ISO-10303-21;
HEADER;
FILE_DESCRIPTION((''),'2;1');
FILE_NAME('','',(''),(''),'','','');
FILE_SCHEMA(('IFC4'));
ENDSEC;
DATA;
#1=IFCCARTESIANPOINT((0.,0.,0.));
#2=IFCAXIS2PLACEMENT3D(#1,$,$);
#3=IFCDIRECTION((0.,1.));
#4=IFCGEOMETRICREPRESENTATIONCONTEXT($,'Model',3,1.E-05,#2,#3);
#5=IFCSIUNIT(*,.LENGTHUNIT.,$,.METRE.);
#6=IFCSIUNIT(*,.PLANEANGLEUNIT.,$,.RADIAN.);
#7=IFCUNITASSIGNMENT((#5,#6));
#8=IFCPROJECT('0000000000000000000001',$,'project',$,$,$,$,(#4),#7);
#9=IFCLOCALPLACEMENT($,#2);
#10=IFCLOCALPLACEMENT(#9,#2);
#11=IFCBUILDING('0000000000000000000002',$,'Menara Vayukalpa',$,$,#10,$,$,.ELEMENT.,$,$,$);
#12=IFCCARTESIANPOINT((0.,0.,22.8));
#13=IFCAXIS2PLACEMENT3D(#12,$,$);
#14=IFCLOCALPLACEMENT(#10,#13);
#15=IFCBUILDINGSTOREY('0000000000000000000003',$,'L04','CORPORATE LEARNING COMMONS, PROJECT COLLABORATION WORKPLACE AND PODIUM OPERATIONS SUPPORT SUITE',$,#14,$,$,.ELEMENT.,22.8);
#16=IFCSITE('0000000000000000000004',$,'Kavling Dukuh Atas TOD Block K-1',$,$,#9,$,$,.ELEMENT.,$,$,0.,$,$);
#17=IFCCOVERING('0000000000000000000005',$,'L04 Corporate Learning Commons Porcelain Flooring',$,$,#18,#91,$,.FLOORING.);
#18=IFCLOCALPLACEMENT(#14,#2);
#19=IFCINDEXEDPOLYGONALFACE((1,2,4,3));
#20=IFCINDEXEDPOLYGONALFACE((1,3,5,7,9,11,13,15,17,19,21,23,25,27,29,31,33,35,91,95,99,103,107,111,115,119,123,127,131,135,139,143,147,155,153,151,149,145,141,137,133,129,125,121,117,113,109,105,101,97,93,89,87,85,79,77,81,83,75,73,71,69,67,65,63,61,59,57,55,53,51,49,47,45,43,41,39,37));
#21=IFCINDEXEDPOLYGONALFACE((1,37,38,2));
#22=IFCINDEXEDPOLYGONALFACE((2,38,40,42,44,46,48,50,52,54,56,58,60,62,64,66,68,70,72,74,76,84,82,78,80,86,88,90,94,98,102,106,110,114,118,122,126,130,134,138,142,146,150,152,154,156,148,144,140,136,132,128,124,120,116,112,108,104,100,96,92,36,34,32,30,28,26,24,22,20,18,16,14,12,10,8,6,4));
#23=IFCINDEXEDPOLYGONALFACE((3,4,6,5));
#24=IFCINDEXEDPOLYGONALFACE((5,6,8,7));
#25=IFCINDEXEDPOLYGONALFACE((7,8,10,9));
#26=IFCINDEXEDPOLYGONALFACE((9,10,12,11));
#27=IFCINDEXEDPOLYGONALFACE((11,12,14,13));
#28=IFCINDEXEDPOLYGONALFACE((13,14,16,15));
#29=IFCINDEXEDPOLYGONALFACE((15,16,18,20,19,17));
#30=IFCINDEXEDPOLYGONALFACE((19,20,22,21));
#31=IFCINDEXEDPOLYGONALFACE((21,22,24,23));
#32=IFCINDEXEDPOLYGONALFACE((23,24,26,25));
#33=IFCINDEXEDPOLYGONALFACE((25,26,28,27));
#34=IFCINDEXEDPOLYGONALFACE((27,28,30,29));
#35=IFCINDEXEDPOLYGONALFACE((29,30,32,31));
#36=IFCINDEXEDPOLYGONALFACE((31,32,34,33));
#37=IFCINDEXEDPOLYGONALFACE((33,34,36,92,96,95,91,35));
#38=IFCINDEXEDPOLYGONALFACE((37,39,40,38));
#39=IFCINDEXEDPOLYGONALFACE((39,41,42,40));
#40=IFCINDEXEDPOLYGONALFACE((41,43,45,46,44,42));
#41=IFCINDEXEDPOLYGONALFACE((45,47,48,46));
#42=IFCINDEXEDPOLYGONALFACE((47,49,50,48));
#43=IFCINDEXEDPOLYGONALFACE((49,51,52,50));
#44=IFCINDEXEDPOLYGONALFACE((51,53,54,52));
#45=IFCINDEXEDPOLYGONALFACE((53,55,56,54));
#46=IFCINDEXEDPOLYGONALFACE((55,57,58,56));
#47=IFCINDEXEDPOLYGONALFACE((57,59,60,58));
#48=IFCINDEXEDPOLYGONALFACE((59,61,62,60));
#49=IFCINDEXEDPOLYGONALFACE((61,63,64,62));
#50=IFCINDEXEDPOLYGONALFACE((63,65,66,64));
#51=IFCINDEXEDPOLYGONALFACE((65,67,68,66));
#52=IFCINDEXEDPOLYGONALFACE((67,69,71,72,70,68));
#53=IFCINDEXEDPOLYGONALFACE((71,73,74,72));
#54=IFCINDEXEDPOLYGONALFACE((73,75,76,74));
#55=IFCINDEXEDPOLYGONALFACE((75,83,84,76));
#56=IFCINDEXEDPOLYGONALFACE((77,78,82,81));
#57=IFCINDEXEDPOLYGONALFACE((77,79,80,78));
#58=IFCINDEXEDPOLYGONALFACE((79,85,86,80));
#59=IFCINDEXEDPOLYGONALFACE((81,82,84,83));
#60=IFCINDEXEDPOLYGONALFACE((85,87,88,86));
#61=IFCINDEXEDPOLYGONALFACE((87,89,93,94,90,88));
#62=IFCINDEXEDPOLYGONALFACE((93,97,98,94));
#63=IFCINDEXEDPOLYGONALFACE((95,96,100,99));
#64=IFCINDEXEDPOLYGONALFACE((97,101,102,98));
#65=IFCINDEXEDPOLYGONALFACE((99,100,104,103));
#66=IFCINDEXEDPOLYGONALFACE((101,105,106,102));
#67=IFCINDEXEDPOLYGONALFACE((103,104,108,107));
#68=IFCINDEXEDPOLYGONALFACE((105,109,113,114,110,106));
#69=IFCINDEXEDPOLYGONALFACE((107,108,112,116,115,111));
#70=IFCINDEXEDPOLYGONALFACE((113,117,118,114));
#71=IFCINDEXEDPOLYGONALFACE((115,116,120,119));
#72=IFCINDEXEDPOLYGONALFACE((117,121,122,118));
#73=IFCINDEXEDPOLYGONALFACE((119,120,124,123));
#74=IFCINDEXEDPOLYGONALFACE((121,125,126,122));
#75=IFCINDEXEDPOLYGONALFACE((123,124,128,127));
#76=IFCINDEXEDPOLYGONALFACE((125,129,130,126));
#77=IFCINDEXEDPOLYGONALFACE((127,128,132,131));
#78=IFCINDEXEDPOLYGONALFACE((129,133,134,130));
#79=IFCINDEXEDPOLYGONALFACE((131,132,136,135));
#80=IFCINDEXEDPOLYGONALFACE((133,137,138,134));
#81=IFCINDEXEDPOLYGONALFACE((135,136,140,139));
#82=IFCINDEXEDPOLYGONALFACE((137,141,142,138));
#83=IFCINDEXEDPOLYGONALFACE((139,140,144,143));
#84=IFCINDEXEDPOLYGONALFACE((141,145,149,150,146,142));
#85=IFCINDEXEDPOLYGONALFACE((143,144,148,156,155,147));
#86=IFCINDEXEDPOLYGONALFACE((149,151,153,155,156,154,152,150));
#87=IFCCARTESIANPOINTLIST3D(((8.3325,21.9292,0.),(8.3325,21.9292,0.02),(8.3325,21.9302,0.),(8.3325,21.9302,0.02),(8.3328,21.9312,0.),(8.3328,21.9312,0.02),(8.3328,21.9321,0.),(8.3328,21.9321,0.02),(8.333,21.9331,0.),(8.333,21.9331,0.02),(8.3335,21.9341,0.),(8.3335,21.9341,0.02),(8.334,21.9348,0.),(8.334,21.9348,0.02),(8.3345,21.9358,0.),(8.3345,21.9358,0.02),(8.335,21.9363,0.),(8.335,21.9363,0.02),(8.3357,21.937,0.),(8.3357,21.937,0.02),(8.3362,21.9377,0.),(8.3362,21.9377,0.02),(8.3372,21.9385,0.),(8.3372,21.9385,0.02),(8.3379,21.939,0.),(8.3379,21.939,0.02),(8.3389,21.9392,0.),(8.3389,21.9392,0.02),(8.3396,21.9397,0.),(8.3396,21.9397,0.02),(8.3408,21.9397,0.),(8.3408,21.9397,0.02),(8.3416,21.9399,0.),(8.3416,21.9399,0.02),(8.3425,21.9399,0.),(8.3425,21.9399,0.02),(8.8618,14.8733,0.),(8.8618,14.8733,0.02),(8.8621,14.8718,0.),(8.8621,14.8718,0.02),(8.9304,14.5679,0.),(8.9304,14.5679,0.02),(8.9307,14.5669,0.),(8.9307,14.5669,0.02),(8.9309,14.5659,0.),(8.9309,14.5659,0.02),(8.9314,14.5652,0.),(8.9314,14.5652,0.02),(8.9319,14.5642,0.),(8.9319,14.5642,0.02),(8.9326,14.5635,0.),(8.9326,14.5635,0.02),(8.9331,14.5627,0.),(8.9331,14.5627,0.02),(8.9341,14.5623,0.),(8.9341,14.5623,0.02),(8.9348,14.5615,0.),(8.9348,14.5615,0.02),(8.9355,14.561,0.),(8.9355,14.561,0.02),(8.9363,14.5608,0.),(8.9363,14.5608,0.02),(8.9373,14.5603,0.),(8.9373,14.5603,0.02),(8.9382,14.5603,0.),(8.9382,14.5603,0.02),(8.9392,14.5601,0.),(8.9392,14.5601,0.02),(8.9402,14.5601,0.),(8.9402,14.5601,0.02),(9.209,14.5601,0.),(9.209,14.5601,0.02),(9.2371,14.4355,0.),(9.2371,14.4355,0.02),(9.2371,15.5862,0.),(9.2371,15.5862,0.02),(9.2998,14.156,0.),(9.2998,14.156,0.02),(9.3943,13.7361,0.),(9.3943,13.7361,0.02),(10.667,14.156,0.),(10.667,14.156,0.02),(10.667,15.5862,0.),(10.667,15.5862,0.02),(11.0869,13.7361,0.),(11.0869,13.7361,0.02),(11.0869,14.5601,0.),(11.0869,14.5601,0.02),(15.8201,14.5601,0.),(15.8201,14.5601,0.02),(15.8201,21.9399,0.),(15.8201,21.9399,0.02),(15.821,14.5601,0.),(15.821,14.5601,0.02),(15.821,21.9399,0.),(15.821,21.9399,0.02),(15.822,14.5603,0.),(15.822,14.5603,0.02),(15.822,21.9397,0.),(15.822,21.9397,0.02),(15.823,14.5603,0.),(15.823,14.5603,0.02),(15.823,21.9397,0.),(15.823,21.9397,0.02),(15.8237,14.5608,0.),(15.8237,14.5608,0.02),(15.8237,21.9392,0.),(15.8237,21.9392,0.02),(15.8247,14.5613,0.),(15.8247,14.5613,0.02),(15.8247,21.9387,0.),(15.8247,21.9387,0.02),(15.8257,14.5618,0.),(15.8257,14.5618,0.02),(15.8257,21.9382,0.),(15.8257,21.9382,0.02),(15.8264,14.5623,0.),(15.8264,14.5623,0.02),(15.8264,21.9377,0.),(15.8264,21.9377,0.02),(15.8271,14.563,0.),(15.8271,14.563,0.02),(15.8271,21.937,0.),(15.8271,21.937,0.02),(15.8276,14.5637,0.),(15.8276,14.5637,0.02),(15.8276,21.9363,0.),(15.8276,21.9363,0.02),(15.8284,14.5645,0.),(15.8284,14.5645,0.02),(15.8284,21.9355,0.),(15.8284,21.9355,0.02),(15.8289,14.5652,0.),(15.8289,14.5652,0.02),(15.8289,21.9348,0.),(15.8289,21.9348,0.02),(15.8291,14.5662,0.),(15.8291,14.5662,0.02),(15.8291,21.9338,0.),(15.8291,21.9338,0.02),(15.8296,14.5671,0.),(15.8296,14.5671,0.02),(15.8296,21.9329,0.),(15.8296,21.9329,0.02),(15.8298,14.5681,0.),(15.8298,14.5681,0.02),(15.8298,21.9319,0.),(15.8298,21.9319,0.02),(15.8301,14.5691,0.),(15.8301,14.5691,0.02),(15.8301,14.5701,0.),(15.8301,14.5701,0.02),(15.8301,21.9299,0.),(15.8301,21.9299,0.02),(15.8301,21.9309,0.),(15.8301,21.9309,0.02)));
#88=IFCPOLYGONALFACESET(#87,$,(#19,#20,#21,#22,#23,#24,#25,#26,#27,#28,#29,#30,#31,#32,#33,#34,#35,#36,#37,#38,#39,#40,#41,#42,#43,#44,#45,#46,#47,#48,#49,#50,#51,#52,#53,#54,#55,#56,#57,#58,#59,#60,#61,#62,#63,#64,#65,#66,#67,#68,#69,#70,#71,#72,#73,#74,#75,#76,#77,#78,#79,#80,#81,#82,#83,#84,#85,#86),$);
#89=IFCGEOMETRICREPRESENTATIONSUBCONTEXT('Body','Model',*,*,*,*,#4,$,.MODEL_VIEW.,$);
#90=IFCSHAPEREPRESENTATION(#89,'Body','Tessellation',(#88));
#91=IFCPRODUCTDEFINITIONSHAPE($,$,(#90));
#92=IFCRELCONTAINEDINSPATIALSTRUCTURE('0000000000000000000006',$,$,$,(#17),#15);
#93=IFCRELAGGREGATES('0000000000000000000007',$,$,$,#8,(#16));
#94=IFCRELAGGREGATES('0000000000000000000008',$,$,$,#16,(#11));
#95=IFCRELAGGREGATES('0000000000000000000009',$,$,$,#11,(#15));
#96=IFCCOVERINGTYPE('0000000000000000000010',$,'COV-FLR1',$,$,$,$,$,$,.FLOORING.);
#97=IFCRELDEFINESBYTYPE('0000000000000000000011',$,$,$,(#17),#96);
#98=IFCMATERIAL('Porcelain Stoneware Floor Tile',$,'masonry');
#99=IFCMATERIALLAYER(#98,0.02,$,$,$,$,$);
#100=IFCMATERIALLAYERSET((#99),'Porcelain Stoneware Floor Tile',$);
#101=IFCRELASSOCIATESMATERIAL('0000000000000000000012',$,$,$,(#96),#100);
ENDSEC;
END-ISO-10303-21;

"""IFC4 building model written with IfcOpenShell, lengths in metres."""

from ifc_helpers import new_model, si_unit, direction, frame, origin, place, context, subcontext, project, spatial, polyline, outline, extrude, material, layer, layer_set, type_object, element, save


model = new_model("IFC4")

# Units and contexts
model_context = context("Model", 3, precision=1e-05, world=origin(), true_north=direction((0.0, 1.0)))
body_context = subcontext(model_context, "Body", "Model", "MODEL_VIEW")
ifc_project = project(units=[si_unit("LENGTHUNIT", "METRE"), si_unit("PLANEANGLEUNIT", "RADIAN")], contexts=[model_context])

# Site, building, storey
site_placement = place(None, origin())
site = spatial("IfcSite", under=ifc_project, at=site_placement, Name="Kavling Dukuh Atas TOD Block K-1", CompositionType="ELEMENT", RefElevation=0.0)
building_placement = place(site_placement, origin())
building = spatial("IfcBuilding", under=site, at=building_placement, Name="Menara Vayukalpa", CompositionType="ELEMENT")
storey_placement = place(building_placement, frame((0.0, 0.0, 22.8)))
storey = spatial("IfcBuildingStorey", under=building, at=storey_placement, Name="L04", Description="CORPORATE LEARNING COMMONS, PROJECT COLLABORATION WORKPLACE AND PODIUM OPERATIONS SUPPORT SUITE", CompositionType="ELEMENT", Elevation=22.8)

# Covering
ifc_material_1 = material(Name="Porcelain Stoneware Floor Tile", Category="masonry")
ifc_layer_1 = layer(ifc_material_1, 0.02)
ifc_layer_set_1 = layer_set([ifc_layer_1], Name="Porcelain Stoneware Floor Tile")
covering_type_1 = type_object("IfcCoveringType", Name="COV-FLR1", PredefinedType="FLOORING", material=ifc_layer_set_1)
covering_1_placement = place(storey_placement, origin())
element("IfcCovering", 1, at=covering_1_placement, inside=storey, type_object=covering_type_1, Name="L04 Corporate Learning Commons Porcelain Flooring", PredefinedType="FLOORING", context=body_context, shape_type="SweptSolid", body=[
    extrude(outline(polyline([(8.9402, 14.5601), (8.9392, 14.5601), (8.9382, 14.5603), (8.9373, 14.5603), (8.9363, 14.5608), (8.9355, 14.561), (8.9348, 14.5615), (8.9341, 14.5623), (8.9331, 14.5627), (8.9326, 14.5635), (8.9319, 14.5642), (8.9314, 14.5652), (8.9309, 14.5659), (8.9307, 14.5669), (8.9304, 14.5679), (8.8621, 14.8718), (8.8618, 14.8733), (8.3325, 21.9292), (8.3325, 21.9302), (8.3328, 21.9312), (8.3328, 21.9321), (8.333, 21.9331), (8.3335, 21.9341), (8.334, 21.9348), (8.3345, 21.9358), (8.335, 21.9363), (8.3357, 21.937), (8.3362, 21.9377), (8.3372, 21.9385), (8.3379, 21.939), (8.3389, 21.9392), (8.3396, 21.9397), (8.3408, 21.9397), (8.3416, 21.9399), (8.3425, 21.9399), (15.8201, 21.9399), (15.821, 21.9399), (15.822, 21.9397), (15.823, 21.9397), (15.8237, 21.9392), (15.8247, 21.9387), (15.8257, 21.9382), (15.8264, 21.9377), (15.8271, 21.937), (15.8276, 21.9363), (15.8284, 21.9355), (15.8289, 21.9348), (15.8291, 21.9338), (15.8296, 21.9329), (15.8298, 21.9319), (15.8301, 21.9309), (15.8301, 21.9299), (15.8301, 14.5701), (15.8301, 14.5691), (15.8298, 14.5681), (15.8296, 14.5671), (15.8291, 14.5662), (15.8289, 14.5652), (15.8284, 14.5645), (15.8276, 14.5637), (15.8271, 14.563), (15.8264, 14.5623), (15.8257, 14.5618), (15.8247, 14.5613), (15.8237, 14.5608), (15.823, 14.5603), (15.822, 14.5603), (15.821, 14.5601), (15.8201, 14.5601), (11.0869, 14.5601), (11.0869, 13.7361), (9.3943, 13.7361), (9.2998, 14.156), (10.667, 14.156), (10.667, 15.5862), (9.2371, 15.5862), (9.2371, 14.4355), (9.209, 14.5601), (8.9402, 14.5601)])), origin(), (0.0, 0.0, 1.0), 0.02),
])

save(model, "model.ifc")
